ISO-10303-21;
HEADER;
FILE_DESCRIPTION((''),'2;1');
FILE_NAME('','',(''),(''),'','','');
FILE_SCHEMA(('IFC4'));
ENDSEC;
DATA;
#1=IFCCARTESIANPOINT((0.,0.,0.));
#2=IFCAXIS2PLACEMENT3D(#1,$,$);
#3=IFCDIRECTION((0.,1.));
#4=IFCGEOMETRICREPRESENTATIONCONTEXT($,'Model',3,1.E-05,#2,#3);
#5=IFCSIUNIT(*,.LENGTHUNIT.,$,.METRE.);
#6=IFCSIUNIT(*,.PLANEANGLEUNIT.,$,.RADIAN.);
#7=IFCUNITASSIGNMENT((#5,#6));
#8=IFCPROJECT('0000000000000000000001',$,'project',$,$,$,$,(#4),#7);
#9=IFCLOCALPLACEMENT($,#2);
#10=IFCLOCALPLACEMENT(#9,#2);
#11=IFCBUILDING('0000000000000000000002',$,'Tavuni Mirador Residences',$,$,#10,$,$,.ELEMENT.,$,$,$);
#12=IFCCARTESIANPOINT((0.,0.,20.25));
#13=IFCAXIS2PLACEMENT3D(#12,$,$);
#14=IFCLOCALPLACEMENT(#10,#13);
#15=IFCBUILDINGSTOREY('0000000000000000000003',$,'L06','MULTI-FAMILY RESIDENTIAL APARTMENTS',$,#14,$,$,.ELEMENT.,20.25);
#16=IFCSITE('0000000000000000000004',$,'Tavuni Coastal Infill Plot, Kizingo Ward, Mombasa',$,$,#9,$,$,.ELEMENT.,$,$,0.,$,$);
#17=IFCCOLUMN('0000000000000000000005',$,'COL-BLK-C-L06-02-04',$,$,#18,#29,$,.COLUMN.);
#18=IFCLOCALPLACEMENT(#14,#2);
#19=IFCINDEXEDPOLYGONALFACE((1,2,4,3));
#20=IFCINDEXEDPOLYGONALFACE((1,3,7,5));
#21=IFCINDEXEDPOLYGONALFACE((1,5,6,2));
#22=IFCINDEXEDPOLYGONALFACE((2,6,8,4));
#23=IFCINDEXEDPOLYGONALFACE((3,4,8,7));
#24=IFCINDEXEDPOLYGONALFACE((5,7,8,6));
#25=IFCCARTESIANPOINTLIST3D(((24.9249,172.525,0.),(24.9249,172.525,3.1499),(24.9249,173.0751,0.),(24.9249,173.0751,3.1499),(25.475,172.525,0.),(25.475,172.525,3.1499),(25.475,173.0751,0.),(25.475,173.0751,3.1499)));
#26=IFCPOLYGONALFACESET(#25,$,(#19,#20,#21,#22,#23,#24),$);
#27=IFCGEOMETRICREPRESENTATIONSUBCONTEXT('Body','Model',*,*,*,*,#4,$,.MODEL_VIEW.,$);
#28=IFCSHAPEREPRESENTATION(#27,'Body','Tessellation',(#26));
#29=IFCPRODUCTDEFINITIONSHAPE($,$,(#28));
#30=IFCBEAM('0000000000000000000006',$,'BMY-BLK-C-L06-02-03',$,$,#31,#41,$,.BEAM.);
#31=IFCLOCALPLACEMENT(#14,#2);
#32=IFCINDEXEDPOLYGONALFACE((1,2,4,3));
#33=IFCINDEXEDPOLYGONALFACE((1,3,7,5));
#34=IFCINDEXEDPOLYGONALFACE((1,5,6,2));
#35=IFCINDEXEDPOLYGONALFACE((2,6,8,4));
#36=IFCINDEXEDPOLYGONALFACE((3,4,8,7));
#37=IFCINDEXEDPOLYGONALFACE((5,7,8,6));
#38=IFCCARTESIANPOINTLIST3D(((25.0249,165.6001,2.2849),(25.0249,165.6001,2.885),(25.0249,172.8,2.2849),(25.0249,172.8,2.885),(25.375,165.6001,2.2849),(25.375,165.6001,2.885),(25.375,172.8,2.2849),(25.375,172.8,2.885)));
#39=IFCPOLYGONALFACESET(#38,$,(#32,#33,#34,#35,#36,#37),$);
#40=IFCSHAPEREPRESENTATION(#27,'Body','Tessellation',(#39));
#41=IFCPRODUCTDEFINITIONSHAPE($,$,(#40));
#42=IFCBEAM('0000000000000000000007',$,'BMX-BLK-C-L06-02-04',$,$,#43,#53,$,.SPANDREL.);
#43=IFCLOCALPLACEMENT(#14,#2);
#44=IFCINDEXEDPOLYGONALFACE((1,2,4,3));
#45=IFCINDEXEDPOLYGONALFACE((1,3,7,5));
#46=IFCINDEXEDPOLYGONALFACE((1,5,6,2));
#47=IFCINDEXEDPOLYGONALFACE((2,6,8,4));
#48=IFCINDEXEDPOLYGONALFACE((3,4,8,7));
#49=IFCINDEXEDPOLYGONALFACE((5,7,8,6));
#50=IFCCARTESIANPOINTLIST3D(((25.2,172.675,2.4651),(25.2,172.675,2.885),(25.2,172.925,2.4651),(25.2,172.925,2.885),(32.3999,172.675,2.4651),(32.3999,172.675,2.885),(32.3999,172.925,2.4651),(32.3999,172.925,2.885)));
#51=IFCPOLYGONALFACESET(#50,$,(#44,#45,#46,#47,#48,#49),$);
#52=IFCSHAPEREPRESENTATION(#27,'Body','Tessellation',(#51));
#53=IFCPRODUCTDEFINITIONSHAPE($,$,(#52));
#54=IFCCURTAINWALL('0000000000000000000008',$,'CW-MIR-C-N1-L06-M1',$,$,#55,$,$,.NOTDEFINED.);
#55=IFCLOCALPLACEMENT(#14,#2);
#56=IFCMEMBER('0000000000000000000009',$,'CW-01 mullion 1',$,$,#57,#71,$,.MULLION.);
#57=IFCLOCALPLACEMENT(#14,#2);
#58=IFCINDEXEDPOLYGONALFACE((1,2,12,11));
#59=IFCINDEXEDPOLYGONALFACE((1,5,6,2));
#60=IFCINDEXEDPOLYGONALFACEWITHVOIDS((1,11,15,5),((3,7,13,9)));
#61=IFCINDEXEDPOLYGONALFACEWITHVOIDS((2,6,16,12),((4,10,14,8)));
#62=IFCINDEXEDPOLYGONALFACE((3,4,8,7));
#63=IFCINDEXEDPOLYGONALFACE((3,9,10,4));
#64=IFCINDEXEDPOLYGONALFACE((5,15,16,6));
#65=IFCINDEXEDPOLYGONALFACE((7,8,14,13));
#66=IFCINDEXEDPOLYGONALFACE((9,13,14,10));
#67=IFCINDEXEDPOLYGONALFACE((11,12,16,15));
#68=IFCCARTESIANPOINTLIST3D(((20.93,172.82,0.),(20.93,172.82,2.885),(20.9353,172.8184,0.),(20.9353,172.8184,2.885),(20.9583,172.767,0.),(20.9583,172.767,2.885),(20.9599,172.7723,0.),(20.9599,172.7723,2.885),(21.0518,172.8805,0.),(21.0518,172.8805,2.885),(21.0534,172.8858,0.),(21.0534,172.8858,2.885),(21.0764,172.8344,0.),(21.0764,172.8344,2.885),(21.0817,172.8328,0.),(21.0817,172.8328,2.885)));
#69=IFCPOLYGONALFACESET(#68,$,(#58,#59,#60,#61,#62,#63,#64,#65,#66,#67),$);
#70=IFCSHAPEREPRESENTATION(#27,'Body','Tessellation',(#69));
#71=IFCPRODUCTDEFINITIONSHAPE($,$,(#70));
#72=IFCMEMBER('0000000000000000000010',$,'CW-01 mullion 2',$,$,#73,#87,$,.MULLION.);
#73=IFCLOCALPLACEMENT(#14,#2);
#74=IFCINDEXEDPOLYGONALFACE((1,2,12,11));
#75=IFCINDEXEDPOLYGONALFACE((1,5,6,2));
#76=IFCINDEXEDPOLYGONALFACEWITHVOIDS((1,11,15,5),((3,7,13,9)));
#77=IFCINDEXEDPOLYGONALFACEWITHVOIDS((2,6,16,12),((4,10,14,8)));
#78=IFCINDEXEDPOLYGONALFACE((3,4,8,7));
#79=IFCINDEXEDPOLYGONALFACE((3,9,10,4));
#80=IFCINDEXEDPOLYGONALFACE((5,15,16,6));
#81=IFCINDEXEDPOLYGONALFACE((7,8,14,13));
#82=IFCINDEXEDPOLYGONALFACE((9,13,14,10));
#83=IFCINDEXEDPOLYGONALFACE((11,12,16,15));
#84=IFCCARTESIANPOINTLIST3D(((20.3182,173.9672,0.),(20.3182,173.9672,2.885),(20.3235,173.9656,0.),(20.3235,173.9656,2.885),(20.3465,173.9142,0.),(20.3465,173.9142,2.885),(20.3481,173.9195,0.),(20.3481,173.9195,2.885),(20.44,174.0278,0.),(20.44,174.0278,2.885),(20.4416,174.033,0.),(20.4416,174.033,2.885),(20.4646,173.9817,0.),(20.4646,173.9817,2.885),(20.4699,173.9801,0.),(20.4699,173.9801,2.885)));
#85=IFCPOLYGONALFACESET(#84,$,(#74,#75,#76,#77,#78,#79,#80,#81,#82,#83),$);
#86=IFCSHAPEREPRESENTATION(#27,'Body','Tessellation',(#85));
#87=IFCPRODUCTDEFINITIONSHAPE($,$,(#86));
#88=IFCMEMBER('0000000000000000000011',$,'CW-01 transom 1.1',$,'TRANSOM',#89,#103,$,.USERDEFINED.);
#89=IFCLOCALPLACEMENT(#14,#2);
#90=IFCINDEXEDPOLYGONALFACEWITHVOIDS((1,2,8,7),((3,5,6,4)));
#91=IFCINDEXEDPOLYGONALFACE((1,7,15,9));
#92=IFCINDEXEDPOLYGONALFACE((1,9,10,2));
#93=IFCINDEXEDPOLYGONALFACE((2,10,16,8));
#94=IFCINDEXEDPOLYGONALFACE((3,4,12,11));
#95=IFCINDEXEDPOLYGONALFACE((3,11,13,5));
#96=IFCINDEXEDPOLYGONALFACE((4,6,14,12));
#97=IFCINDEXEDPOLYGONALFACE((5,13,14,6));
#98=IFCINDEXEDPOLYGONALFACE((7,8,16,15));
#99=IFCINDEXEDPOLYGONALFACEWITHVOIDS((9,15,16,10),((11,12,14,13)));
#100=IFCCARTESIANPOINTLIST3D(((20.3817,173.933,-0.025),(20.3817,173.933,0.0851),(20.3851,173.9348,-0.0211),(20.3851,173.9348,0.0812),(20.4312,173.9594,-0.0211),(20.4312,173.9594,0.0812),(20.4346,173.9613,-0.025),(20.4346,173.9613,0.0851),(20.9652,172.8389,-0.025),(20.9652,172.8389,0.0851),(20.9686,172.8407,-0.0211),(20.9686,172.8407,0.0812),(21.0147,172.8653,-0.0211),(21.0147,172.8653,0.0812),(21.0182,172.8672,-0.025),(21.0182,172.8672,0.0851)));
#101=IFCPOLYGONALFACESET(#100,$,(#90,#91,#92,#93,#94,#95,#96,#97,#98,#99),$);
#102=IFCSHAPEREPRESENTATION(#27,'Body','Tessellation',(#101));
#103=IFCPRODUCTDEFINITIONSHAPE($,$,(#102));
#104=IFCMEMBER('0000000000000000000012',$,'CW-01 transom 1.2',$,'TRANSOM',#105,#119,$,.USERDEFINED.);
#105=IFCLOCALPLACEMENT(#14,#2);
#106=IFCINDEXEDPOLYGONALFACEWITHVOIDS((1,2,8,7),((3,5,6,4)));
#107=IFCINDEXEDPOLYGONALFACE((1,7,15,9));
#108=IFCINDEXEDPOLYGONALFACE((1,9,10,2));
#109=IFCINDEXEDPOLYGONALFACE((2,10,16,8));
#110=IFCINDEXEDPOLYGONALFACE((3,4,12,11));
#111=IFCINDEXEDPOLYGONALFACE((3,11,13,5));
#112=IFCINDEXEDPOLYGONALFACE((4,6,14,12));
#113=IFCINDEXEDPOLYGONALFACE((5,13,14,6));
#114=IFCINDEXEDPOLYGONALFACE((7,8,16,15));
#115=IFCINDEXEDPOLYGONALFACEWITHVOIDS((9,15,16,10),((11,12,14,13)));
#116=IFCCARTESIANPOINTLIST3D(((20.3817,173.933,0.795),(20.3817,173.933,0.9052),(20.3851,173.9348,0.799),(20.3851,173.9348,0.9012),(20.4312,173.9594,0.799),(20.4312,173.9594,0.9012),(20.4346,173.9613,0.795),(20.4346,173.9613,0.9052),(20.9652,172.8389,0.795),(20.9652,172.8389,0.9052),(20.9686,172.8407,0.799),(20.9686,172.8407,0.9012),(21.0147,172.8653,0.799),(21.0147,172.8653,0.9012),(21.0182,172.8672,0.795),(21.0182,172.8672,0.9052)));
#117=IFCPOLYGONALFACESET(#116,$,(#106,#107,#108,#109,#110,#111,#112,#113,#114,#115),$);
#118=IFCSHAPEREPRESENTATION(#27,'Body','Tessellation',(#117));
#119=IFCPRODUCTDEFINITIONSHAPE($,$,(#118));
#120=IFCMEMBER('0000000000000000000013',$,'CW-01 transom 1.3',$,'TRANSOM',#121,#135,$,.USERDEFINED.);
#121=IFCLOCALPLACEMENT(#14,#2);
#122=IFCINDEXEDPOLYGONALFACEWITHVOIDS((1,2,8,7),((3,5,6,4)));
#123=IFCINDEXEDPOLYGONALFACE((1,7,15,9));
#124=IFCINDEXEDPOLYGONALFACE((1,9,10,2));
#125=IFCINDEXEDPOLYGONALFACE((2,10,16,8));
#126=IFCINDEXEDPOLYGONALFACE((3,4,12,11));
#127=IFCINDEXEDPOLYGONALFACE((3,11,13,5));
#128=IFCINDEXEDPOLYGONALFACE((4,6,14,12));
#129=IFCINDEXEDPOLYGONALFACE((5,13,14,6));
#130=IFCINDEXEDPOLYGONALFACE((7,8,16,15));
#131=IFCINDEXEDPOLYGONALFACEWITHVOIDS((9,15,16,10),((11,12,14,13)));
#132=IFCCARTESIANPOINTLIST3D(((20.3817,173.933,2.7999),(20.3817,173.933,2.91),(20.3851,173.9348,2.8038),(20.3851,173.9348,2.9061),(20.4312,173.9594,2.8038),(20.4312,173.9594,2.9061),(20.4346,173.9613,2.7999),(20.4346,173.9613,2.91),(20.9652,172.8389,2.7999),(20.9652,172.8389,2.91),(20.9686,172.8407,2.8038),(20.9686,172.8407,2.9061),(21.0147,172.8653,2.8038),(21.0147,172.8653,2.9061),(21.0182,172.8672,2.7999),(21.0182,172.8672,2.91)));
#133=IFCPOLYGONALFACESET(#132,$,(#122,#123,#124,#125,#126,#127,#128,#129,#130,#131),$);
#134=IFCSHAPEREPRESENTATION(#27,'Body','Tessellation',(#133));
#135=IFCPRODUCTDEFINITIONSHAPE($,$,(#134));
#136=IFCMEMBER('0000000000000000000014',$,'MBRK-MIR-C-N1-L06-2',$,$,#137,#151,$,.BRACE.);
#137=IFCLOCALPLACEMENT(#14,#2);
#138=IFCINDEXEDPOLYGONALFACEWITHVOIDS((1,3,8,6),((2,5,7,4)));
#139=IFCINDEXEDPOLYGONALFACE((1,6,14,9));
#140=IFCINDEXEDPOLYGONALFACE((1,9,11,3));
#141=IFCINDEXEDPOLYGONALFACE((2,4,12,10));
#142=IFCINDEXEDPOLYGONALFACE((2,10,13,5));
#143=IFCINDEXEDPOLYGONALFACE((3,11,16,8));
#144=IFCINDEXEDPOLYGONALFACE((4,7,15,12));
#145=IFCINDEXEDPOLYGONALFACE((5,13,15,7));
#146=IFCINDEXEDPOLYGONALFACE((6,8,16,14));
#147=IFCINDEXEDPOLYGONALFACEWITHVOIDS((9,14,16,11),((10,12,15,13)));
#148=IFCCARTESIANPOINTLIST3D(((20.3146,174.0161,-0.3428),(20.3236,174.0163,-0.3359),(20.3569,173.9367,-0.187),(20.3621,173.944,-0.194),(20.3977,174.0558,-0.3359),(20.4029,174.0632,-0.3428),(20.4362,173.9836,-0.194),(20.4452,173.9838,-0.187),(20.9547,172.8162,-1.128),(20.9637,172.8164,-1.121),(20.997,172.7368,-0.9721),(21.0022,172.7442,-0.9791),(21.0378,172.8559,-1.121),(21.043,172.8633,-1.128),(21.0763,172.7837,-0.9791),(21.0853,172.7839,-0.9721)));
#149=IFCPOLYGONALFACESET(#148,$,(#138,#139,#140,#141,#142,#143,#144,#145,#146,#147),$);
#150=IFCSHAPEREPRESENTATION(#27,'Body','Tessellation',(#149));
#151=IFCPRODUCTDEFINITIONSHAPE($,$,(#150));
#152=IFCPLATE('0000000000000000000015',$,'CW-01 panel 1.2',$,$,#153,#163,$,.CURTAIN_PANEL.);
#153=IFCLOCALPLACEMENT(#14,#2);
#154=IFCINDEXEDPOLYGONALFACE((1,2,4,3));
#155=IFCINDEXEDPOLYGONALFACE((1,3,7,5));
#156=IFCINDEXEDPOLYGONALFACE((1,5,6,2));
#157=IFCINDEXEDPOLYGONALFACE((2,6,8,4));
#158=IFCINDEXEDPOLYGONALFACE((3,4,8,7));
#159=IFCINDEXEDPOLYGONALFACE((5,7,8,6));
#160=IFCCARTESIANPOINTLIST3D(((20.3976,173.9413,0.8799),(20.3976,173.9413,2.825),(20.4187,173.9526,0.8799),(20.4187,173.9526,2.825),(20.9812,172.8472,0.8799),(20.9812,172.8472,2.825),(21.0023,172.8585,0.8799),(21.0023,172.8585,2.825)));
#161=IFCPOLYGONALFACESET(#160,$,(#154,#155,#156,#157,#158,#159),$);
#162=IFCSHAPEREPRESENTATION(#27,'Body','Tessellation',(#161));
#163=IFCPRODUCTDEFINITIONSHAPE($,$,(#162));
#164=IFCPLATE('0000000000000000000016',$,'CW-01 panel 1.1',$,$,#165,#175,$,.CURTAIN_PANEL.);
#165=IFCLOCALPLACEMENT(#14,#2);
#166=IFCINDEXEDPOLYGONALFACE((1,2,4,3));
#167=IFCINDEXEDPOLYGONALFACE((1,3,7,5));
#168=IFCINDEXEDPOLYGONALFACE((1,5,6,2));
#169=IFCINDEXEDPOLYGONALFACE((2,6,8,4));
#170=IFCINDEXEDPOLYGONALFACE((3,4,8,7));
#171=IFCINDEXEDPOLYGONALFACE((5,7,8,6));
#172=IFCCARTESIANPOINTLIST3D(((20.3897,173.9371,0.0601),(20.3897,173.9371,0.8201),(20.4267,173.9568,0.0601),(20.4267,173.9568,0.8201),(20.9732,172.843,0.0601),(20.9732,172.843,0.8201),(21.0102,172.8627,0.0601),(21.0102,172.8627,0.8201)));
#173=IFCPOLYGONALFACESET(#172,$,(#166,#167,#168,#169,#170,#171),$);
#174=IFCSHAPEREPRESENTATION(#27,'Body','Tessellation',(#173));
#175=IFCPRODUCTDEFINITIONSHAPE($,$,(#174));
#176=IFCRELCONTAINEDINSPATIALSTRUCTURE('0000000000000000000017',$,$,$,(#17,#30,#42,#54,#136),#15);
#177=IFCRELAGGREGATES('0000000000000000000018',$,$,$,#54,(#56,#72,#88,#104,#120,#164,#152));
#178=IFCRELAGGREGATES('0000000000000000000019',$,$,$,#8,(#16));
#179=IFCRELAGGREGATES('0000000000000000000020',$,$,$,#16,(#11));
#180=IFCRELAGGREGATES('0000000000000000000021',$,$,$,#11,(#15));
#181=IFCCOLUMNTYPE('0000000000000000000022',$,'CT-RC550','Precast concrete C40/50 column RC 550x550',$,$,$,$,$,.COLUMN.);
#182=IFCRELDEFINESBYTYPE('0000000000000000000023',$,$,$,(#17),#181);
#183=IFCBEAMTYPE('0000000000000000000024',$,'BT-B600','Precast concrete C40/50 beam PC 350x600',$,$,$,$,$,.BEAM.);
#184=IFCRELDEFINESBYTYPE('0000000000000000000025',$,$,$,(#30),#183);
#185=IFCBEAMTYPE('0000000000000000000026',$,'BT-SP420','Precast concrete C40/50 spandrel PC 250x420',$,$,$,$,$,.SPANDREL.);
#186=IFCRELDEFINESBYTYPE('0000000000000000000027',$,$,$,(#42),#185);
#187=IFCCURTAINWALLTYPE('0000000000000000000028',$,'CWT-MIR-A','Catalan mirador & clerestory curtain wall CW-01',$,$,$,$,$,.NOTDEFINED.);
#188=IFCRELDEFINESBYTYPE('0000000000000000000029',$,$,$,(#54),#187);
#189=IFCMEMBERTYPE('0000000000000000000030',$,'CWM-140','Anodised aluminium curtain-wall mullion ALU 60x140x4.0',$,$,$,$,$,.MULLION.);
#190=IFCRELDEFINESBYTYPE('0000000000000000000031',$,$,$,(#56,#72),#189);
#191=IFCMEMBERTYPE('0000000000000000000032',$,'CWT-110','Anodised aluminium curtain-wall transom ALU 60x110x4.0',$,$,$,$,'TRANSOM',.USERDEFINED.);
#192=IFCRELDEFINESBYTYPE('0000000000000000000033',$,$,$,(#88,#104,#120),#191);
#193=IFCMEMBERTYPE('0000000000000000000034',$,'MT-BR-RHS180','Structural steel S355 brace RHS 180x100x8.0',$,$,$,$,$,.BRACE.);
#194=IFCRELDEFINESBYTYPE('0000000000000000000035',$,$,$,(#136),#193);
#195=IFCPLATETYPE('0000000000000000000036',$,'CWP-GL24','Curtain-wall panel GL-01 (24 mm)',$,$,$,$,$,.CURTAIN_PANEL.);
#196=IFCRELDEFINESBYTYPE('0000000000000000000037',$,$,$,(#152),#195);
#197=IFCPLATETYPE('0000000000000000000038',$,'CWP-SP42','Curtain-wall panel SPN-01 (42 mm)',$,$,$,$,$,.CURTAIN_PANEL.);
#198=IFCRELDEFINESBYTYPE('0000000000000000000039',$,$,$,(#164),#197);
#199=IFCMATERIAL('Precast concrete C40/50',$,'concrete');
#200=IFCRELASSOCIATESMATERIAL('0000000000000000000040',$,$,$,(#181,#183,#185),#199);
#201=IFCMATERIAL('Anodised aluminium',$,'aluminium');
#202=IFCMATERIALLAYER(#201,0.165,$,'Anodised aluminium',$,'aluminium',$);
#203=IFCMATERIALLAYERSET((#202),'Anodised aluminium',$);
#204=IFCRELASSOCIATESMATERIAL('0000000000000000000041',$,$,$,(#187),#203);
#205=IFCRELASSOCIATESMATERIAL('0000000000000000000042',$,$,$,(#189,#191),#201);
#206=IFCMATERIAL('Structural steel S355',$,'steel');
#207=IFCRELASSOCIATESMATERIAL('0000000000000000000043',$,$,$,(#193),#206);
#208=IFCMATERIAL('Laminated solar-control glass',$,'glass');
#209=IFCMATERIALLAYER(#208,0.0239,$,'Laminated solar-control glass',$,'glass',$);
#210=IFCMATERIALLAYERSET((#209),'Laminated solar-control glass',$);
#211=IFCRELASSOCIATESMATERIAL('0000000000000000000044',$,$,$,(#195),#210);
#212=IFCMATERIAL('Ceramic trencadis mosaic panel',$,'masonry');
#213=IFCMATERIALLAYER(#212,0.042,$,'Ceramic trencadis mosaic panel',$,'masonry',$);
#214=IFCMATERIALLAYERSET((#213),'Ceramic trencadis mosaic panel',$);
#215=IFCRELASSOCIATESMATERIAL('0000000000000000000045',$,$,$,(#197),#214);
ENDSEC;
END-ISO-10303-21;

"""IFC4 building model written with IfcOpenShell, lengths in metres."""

from ifc_helpers import new_model, si_unit, direction, frame, origin, origin_2d, place, context, subcontext, project, spatial, rectangle, hollow_rectangle, extrude, material, layer, layer_set, material_profile, profile_set, type_object, element, aggregate, save


model = new_model("IFC4")

# Units and contexts
model_context = context("Model", 3, precision=1e-05, world=origin(), true_north=direction((0.0, 1.0)))
body_context = subcontext(model_context, "Body", "Model", "MODEL_VIEW")
ifc_project = project(units=[si_unit("LENGTHUNIT", "METRE"), si_unit("PLANEANGLEUNIT", "RADIAN")], contexts=[model_context])

# Site, building, storey
site_placement = place(None, origin())
site = spatial("IfcSite", under=ifc_project, at=site_placement, Name="Tavuni Coastal Infill Plot, Kizingo Ward, Mombasa", CompositionType="ELEMENT", RefElevation=0.0)
building_placement = place(site_placement, origin())
building = spatial("IfcBuilding", under=site, at=building_placement, Name="Tavuni Mirador Residences", CompositionType="ELEMENT")
storey_placement = place(building_placement, frame((0.0, 0.0, 20.25)))
storey = spatial("IfcBuildingStorey", under=building, at=storey_placement, Name="L06", Description="MULTI-FAMILY RESIDENTIAL APARTMENTS", CompositionType="ELEMENT", Elevation=20.25)

# Column
ifc_material_1 = material(Name="Precast concrete C40/50", Category="concrete")
ifc_material_profile_1 = material_profile(ifc_material_1, rectangle(XDim=0.55, YDim=0.55, at=origin_2d()), Name="RC 550x550", Category="concrete")
ifc_profile_set_1 = profile_set([ifc_material_profile_1], Name="Precast concrete C40/50")
column_type = type_object("IfcColumnType", Name="CT-RC550", Description="Precast concrete C40/50 column RC 550x550", PredefinedType="COLUMN", material=ifc_profile_set_1)
column_placement = place(storey_placement, frame((25.2, 172.8, 0.0), z_axis=(0.0, 0.0, 1.0), x_axis=(1.0, 0.0, 0.0)))
element("IfcColumn", 1, at=column_placement, inside=storey, type_object=column_type, Name="COL-BLK-C-L06-02-04", PredefinedType="COLUMN", context=body_context, shape_type="SweptSolid", body=[
    extrude(rectangle(XDim=0.55, YDim=0.55, at=origin_2d()), origin(), (0.0, 0.0, 1.0), 3.1499),
])

# Beams
ifc_material_profile_2 = material_profile(ifc_material_1, rectangle(XDim=0.3501, YDim=0.6001, at=origin_2d()), Name="PC 350x600", Category="concrete")
ifc_profile_set_2 = profile_set([ifc_material_profile_2], Name="Precast concrete C40/50")
beam_type_1 = type_object("IfcBeamType", Name="BT-B600", Description="Precast concrete C40/50 beam PC 350x600", PredefinedType="BEAM", material=ifc_profile_set_2)
beam_1_placement = place(storey_placement, frame((25.2, 165.6001, 2.585), z_axis=(0.0, 1.0, 0.0), x_axis=(-1.0, 0.0, 0.0)))
element("IfcBeam", 2, at=beam_1_placement, inside=storey, type_object=beam_type_1, Name="BMY-BLK-C-L06-02-03", PredefinedType="BEAM", context=body_context, shape_type="SweptSolid", body=[
    extrude(rectangle(XDim=0.3501, YDim=0.6001, at=origin_2d()), origin(), (0.0, 0.0, 1.0), 7.2),
])
ifc_material_profile_3 = material_profile(ifc_material_1, rectangle(XDim=0.25, YDim=0.4199, at=origin_2d()), Name="PC 250x420", Category="concrete")
ifc_profile_set_3 = profile_set([ifc_material_profile_3], Name="Precast concrete C40/50")
beam_type_2 = type_object("IfcBeamType", Name="BT-SP420", Description="Precast concrete C40/50 spandrel PC 250x420", PredefinedType="SPANDREL", material=ifc_profile_set_3)
beam_2_placement = place(storey_placement, frame((25.2, 172.8, 2.675), z_axis=(1.0, 0.0, 0.0), x_axis=(0.0, 1.0, 0.0)))
element("IfcBeam", 3, at=beam_2_placement, inside=storey, type_object=beam_type_2, Name="BMX-BLK-C-L06-02-04", PredefinedType="SPANDREL", context=body_context, shape_type="SweptSolid", body=[
    extrude(rectangle(XDim=0.25, YDim=0.4199, at=origin_2d()), origin(), (0.0, 0.0, 1.0), 7.2),
])

# Curtain wall, members
ifc_material_2 = material(Name="Anodised aluminium", Category="aluminium")
ifc_layer_1 = layer(ifc_material_2, 0.165, Name="Anodised aluminium", Category="aluminium")
ifc_layer_set_1 = layer_set([ifc_layer_1], Name="Anodised aluminium")
curtain_wall_type = type_object("IfcCurtainWallType", Name="CWT-MIR-A", Description="Catalan mirador & clerestory curtain wall CW-01", PredefinedType="NOTDEFINED", material=ifc_layer_set_1)
curtain_wall_placement = place(storey_placement, origin())
curtain_wall = element("IfcCurtainWall", 4, at=curtain_wall_placement, inside=storey, type_object=curtain_wall_type, Name="CW-MIR-C-N1-L06-M1", PredefinedType="NOTDEFINED")
ifc_material_profile_4 = material_profile(ifc_material_2, hollow_rectangle(XDim=0.0601, YDim=0.1399, WallThickness=0.0039, at=origin_2d()), Name="ALU 60x140x4.0", Category="aluminium")
ifc_profile_set_4 = profile_set([ifc_material_profile_4], Name="Anodised aluminium")
member_type_1 = type_object("IfcMemberType", Name="CWM-140", Description="Anodised aluminium curtain-wall mullion ALU 60x140x4.0", PredefinedType="MULLION", material=ifc_profile_set_4)
member_1_placement = place(storey_placement, frame((21.0059, 172.8264, 0.0), z_axis=(0.0, 0.0, 1.0), x_axis=(-0.470588, 0.882353, 0.0)))
member_1 = element("IfcMember", 5, at=member_1_placement, type_object=member_type_1, Name="CW-01 mullion 1", PredefinedType="MULLION", context=body_context, shape_type="SweptSolid", body=[
    extrude(hollow_rectangle(XDim=0.0601, YDim=0.1399, WallThickness=0.0039, at=origin_2d()), origin(), (0.0, 0.0, 1.0), 2.885),
])
member_2_placement = place(storey_placement, frame((20.394, 173.9736, 0.0), z_axis=(0.0, 0.0, 1.0), x_axis=(-0.470588, 0.882353, 0.0)))
member_2 = element("IfcMember", 6, at=member_2_placement, type_object=member_type_1, Name="CW-01 mullion 2", PredefinedType="MULLION", context=body_context, shape_type="SweptSolid", body=[
    extrude(hollow_rectangle(XDim=0.0601, YDim=0.1399, WallThickness=0.0039, at=origin_2d()), origin(), (0.0, 0.0, 1.0), 2.885),
])
ifc_material_profile_5 = material_profile(ifc_material_2, hollow_rectangle(XDim=0.0601, YDim=0.1101, WallThickness=0.0039, at=origin_2d()), Name="ALU 60x110x4.0", Category="aluminium")
ifc_profile_set_5 = profile_set([ifc_material_profile_5], Name="Anodised aluminium")
member_type_2 = type_object("IfcMemberType", Name="CWT-110", Description="Anodised aluminium curtain-wall transom ALU 60x110x4.0", ElementType="TRANSOM", PredefinedType="USERDEFINED", material=ifc_profile_set_5)
member_3_placement = place(storey_placement, frame((20.9917, 172.853, 0.03), z_axis=(-0.470609, 0.882342, 0.0), x_axis=(-0.882342, -0.470609, 0.0)))
member_3 = element("IfcMember", 7, at=member_3_placement, type_object=member_type_2, Name="CW-01 transom 1.1", ObjectType="TRANSOM", PredefinedType="USERDEFINED", context=body_context, shape_type="SweptSolid", body=[
    extrude(hollow_rectangle(XDim=0.0601, YDim=0.1101, WallThickness=0.0039, at=origin_2d()), origin(), (0.0, 0.0, 1.0), 1.24),
])
member_4_placement = place(storey_placement, frame((20.9917, 172.853, 0.8501), z_axis=(-0.470609, 0.882342, 0.0), x_axis=(-0.882342, -0.470609, 0.0)))
member_4 = element("IfcMember", 8, at=member_4_placement, type_object=member_type_2, Name="CW-01 transom 1.2", ObjectType="TRANSOM", PredefinedType="USERDEFINED", context=body_context, shape_type="SweptSolid", body=[
    extrude(hollow_rectangle(XDim=0.0601, YDim=0.1101, WallThickness=0.0039, at=origin_2d()), origin(), (0.0, 0.0, 1.0), 1.24),
])
member_5_placement = place(storey_placement, frame((20.9917, 172.853, 2.855), z_axis=(-0.470609, 0.882342, 0.0), x_axis=(-0.882342, -0.470609, 0.0)))
member_5 = element("IfcMember", 9, at=member_5_placement, type_object=member_type_2, Name="CW-01 transom 1.3", ObjectType="TRANSOM", PredefinedType="USERDEFINED", context=body_context, shape_type="SweptSolid", body=[
    extrude(hollow_rectangle(XDim=0.0601, YDim=0.1101, WallThickness=0.0039, at=origin_2d()), origin(), (0.0, 0.0, 1.0), 1.24),
])

# Member
ifc_material_3 = material(Name="Structural steel S355", Category="steel")
ifc_material_profile_6 = material_profile(ifc_material_3, hollow_rectangle(XDim=0.1001, YDim=0.1799, WallThickness=0.0081, at=origin_2d()), Name="RHS 180x100x8.0", Category="steel")
ifc_profile_set_6 = profile_set([ifc_material_profile_6], Name="Structural steel S355")
member_type_3 = type_object("IfcMemberType", Name="MT-BR-RHS180", Description="Structural steel S355 brace RHS 180x100x8.0", PredefinedType="BRACE", material=ifc_profile_set_6)
member_6_placement = place(storey_placement, frame((21.02, 172.8, -1.05), z_axis=(-0.407629, 0.76411, 0.499975), x_axis=(-0.882303, -0.470681, 0.0)))
element("IfcMember", 10, at=member_6_placement, inside=storey, type_object=member_type_3, Name="MBRK-MIR-C-N1-L06-2", PredefinedType="BRACE", context=body_context, shape_type="SweptSolid", body=[
    extrude(hollow_rectangle(XDim=0.1001, YDim=0.1799, WallThickness=0.0081, at=origin_2d()), origin(), (0.0, 0.0, 1.0), 1.5703),
])

# Plates
ifc_material_4 = material(Name="Laminated solar-control glass", Category="glass")
ifc_layer_2 = layer(ifc_material_4, 0.0239, Name="Laminated solar-control glass", Category="glass")
ifc_layer_set_2 = layer_set([ifc_layer_2], Name="Laminated solar-control glass")
plate_type_1 = type_object("IfcPlateType", Name="CWP-GL24", Description="Curtain-wall panel GL-01 (24 mm)", PredefinedType="CURTAIN_PANEL", material=ifc_layer_set_2)
plate_1_placement = place(storey_placement, frame((20.7, 173.3999, 0.8799), z_axis=(0.0, 0.0, 1.0), x_axis=(-0.470588, 0.882353, 0.0)))
plate_1 = element("IfcPlate", 11, at=plate_1_placement, type_object=plate_type_1, Name="CW-01 panel 1.2", PredefinedType="CURTAIN_PANEL", context=body_context, shape_type="SweptSolid", body=[
    extrude(rectangle(XDim=1.24, YDim=0.0239, at=origin_2d()), origin(), (0.0, 0.0, 1.0), 1.9451),
])
ifc_material_5 = material(Name="Ceramic trencadis mosaic panel", Category="masonry")
ifc_layer_3 = layer(ifc_material_5, 0.042, Name="Ceramic trencadis mosaic panel", Category="masonry")
ifc_layer_set_3 = layer_set([ifc_layer_3], Name="Ceramic trencadis mosaic panel")
plate_type_2 = type_object("IfcPlateType", Name="CWP-SP42", Description="Curtain-wall panel SPN-01 (42 mm)", PredefinedType="CURTAIN_PANEL", material=ifc_layer_set_3)
plate_2_placement = place(storey_placement, frame((20.7, 173.3999, 0.0601), z_axis=(0.0, 0.0, 1.0), x_axis=(-0.470588, 0.882353, 0.0)))
plate_2 = element("IfcPlate", 12, at=plate_2_placement, type_object=plate_type_2, Name="CW-01 panel 1.1", PredefinedType="CURTAIN_PANEL", context=body_context, shape_type="SweptSolid", body=[
    extrude(rectangle(XDim=1.24, YDim=0.042, at=origin_2d()), origin(), (0.0, 0.0, 1.0), 0.76),
])
aggregate(curtain_wall, [member_1, member_2, member_3, member_4, member_5, plate_2, plate_1])

save(model, "model.ifc")
